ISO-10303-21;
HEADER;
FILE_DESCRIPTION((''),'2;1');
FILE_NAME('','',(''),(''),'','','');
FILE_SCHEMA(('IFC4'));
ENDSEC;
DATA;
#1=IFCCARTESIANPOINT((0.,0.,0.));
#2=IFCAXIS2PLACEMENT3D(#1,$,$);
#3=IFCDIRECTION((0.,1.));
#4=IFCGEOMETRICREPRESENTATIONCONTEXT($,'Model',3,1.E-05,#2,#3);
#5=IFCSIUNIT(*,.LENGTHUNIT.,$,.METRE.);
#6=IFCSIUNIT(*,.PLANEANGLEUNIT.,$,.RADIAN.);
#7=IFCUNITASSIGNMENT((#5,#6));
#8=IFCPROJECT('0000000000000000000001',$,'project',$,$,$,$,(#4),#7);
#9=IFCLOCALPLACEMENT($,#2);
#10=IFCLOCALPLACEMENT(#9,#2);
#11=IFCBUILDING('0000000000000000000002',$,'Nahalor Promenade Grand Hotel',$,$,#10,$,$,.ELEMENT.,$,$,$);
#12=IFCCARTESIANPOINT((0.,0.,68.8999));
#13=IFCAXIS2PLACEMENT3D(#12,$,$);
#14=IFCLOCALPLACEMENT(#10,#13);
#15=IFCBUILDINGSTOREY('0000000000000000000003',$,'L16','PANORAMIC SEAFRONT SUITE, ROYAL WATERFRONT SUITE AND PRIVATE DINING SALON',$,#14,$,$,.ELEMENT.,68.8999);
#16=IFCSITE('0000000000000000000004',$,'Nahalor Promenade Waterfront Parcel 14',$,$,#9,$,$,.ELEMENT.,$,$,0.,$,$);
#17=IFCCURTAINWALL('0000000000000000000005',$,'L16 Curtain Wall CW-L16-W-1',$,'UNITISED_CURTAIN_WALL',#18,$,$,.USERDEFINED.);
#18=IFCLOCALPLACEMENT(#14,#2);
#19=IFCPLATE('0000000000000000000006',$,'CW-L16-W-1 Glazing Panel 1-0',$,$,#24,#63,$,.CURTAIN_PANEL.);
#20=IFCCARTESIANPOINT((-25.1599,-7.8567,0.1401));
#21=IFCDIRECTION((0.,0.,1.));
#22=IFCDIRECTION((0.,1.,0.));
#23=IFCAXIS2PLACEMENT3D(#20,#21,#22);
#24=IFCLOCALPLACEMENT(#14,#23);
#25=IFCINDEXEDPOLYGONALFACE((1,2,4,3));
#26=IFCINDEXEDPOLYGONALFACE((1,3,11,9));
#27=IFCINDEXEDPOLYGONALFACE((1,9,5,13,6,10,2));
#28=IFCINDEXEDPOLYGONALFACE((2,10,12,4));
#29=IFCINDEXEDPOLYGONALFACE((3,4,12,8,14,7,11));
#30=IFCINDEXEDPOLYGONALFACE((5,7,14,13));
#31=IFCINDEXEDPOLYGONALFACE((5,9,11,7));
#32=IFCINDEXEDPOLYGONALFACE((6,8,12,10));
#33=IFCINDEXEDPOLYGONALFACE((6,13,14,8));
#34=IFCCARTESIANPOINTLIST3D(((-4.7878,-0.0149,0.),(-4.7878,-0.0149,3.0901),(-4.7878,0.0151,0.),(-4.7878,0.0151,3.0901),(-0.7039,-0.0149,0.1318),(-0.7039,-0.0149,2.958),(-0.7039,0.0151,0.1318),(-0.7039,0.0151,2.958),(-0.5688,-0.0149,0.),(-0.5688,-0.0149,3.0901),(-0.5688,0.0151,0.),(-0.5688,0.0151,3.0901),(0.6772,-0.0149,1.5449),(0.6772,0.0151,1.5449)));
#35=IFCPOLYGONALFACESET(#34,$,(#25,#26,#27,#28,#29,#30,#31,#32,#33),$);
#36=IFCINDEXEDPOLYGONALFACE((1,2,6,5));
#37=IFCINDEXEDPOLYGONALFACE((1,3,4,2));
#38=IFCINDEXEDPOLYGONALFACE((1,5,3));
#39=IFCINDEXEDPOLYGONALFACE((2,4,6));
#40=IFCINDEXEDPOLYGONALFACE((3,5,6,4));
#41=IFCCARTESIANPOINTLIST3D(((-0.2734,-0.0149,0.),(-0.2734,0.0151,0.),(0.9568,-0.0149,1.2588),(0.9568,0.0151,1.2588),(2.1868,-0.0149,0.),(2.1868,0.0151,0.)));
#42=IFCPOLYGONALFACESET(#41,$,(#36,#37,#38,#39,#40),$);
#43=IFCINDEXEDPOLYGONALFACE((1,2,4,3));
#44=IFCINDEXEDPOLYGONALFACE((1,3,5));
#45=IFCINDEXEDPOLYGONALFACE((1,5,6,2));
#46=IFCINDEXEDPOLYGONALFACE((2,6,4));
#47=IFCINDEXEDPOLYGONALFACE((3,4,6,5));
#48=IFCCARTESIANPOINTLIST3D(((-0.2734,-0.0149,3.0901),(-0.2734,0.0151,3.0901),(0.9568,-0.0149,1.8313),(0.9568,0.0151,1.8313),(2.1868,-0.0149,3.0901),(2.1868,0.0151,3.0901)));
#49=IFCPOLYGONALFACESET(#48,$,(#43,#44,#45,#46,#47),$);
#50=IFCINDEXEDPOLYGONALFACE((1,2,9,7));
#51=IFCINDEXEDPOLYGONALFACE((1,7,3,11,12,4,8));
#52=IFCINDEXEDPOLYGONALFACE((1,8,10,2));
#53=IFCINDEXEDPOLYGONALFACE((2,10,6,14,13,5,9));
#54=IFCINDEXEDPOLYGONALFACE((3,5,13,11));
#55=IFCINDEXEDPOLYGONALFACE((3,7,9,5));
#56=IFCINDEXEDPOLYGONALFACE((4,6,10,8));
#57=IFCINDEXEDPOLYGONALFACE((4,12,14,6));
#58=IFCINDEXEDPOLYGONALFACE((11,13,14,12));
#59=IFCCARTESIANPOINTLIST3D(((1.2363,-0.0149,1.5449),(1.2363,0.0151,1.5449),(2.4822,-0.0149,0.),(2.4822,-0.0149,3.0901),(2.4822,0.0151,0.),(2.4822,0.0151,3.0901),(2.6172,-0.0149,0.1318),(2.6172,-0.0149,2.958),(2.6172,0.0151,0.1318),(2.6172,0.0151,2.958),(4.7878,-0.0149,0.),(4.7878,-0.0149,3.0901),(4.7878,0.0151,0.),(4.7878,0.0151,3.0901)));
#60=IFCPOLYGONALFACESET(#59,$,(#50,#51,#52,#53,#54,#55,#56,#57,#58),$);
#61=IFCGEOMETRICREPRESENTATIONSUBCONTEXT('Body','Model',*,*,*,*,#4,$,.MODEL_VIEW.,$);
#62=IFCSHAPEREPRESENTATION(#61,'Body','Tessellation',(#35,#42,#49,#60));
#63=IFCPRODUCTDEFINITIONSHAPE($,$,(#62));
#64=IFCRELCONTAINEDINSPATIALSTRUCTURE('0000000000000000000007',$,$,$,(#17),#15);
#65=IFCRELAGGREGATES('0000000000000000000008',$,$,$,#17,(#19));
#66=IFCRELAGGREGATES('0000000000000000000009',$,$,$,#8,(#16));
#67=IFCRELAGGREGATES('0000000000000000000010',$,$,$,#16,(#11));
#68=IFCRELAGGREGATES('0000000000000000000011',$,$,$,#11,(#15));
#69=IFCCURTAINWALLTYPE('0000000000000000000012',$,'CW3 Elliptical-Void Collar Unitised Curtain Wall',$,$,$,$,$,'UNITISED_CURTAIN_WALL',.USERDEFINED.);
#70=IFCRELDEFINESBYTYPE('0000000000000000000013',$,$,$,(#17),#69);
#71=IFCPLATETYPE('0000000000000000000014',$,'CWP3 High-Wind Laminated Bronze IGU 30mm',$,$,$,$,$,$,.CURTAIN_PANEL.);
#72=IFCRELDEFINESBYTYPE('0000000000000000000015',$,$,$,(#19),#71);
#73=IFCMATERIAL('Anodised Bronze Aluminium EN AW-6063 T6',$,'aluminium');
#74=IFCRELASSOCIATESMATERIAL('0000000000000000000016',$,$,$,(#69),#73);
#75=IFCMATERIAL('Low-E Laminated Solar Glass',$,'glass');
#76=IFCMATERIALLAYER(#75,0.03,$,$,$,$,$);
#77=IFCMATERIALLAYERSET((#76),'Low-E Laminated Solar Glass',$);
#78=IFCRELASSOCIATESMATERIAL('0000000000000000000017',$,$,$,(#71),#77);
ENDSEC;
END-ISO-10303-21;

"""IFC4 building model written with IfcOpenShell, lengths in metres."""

from ifc_helpers import new_model, si_unit, direction, frame, origin, place, context, subcontext, project, spatial, polyline, outline, extrude, material, layer, layer_set, type_object, element, aggregate, save


model = new_model("IFC4")

# Units and contexts
model_context = context("Model", 3, precision=1e-05, world=origin(), true_north=direction((0.0, 1.0)))
body_context = subcontext(model_context, "Body", "Model", "MODEL_VIEW")
ifc_project = project(units=[si_unit("LENGTHUNIT", "METRE"), si_unit("PLANEANGLEUNIT", "RADIAN")], contexts=[model_context])

# Site, building, storey
site_placement = place(None, origin())
site = spatial("IfcSite", under=ifc_project, at=site_placement, Name="Nahalor Promenade Waterfront Parcel 14", CompositionType="ELEMENT", RefElevation=0.0)
building_placement = place(site_placement, origin())
building = spatial("IfcBuilding", under=site, at=building_placement, Name="Nahalor Promenade Grand Hotel", CompositionType="ELEMENT")
storey_placement = place(building_placement, frame((0.0, 0.0, 68.8999)))
storey = spatial("IfcBuildingStorey", under=building, at=storey_placement, Name="L16", Description="PANORAMIC SEAFRONT SUITE, ROYAL WATERFRONT SUITE AND PRIVATE DINING SALON", CompositionType="ELEMENT", Elevation=68.8999)

# Curtain wall
ifc_material_1 = material(Name="Anodised Bronze Aluminium EN AW-6063 T6", Category="aluminium")
curtain_wall_type = type_object("IfcCurtainWallType", Name="CW3 Elliptical-Void Collar Unitised Curtain Wall", ElementType="UNITISED_CURTAIN_WALL", PredefinedType="USERDEFINED", material=ifc_material_1)
curtain_wall_1_placement = place(storey_placement, origin())
curtain_wall_1 = element("IfcCurtainWall", 1, at=curtain_wall_1_placement, inside=storey, type_object=curtain_wall_type, Name="L16 Curtain Wall CW-L16-W-1", ObjectType="UNITISED_CURTAIN_WALL", PredefinedType="USERDEFINED")

# Plate
ifc_material_2 = material(Name="Low-E Laminated Solar Glass", Category="glass")
ifc_layer_1 = layer(ifc_material_2, 0.03)
ifc_layer_set_1 = layer_set([ifc_layer_1], Name="Low-E Laminated Solar Glass")
plate_type_1 = type_object("IfcPlateType", Name="CWP3 High-Wind Laminated Bronze IGU 30mm", PredefinedType="CURTAIN_PANEL", material=ifc_layer_set_1)
plate_1_placement = place(storey_placement, frame((-25.1599, -7.8567, 0.1401), z_axis=(0.0, 0.0, 1.0), x_axis=(0.0, 1.0, 0.0)))
plate_1 = element("IfcPlate", 2, at=plate_1_placement, type_object=plate_type_1, Name="CW-L16-W-1 Glazing Panel 1-0", PredefinedType="CURTAIN_PANEL", context=body_context, shape_type="SweptSolid", body=[
    extrude(outline(polyline([(-4.7878, 3.0901), (-4.7878, 0.0), (-0.5688, 0.0), (-0.7039, 0.1318), (0.6772, 1.5449), (-0.7039, 2.958), (-0.5688, 3.0901), (-4.7878, 3.0901)])), frame((0.0, 0.0151, 0.0), z_axis=(0.0, -1.0, 0.0), x_axis=(1.0, 0.0, 0.0)), (0.0, 0.0, 1.0), 0.03),
    extrude(outline(polyline([(0.9568, 1.2588), (-0.2734, 0.0), (2.1868, 0.0), (0.9568, 1.2588)])), frame((0.0, 0.0151, 0.0), z_axis=(0.0, -1.0, 0.0), x_axis=(1.0, 0.0, 0.0)), (0.0, 0.0, 1.0), 0.03),
    extrude(outline(polyline([(0.9568, 1.8313), (2.1868, 3.0901), (-0.2734, 3.0901), (0.9568, 1.8313)])), frame((0.0, 0.0151, 0.0), z_axis=(0.0, -1.0, 0.0), x_axis=(1.0, 0.0, 0.0)), (0.0, 0.0, 1.0), 0.03),
    extrude(outline(polyline([(4.7878, 0.0), (4.7878, 3.0901), (2.4822, 3.0901), (2.6172, 2.958), (1.2363, 1.5449), (2.6172, 0.1318), (2.4822, 0.0), (4.7878, 0.0)])), frame((0.0, 0.0151, 0.0), z_axis=(0.0, -1.0, 0.0), x_axis=(1.0, 0.0, 0.0)), (0.0, 0.0, 1.0), 0.03),
])
aggregate(curtain_wall_1, [plate_1])

save(model, "model.ifc")
